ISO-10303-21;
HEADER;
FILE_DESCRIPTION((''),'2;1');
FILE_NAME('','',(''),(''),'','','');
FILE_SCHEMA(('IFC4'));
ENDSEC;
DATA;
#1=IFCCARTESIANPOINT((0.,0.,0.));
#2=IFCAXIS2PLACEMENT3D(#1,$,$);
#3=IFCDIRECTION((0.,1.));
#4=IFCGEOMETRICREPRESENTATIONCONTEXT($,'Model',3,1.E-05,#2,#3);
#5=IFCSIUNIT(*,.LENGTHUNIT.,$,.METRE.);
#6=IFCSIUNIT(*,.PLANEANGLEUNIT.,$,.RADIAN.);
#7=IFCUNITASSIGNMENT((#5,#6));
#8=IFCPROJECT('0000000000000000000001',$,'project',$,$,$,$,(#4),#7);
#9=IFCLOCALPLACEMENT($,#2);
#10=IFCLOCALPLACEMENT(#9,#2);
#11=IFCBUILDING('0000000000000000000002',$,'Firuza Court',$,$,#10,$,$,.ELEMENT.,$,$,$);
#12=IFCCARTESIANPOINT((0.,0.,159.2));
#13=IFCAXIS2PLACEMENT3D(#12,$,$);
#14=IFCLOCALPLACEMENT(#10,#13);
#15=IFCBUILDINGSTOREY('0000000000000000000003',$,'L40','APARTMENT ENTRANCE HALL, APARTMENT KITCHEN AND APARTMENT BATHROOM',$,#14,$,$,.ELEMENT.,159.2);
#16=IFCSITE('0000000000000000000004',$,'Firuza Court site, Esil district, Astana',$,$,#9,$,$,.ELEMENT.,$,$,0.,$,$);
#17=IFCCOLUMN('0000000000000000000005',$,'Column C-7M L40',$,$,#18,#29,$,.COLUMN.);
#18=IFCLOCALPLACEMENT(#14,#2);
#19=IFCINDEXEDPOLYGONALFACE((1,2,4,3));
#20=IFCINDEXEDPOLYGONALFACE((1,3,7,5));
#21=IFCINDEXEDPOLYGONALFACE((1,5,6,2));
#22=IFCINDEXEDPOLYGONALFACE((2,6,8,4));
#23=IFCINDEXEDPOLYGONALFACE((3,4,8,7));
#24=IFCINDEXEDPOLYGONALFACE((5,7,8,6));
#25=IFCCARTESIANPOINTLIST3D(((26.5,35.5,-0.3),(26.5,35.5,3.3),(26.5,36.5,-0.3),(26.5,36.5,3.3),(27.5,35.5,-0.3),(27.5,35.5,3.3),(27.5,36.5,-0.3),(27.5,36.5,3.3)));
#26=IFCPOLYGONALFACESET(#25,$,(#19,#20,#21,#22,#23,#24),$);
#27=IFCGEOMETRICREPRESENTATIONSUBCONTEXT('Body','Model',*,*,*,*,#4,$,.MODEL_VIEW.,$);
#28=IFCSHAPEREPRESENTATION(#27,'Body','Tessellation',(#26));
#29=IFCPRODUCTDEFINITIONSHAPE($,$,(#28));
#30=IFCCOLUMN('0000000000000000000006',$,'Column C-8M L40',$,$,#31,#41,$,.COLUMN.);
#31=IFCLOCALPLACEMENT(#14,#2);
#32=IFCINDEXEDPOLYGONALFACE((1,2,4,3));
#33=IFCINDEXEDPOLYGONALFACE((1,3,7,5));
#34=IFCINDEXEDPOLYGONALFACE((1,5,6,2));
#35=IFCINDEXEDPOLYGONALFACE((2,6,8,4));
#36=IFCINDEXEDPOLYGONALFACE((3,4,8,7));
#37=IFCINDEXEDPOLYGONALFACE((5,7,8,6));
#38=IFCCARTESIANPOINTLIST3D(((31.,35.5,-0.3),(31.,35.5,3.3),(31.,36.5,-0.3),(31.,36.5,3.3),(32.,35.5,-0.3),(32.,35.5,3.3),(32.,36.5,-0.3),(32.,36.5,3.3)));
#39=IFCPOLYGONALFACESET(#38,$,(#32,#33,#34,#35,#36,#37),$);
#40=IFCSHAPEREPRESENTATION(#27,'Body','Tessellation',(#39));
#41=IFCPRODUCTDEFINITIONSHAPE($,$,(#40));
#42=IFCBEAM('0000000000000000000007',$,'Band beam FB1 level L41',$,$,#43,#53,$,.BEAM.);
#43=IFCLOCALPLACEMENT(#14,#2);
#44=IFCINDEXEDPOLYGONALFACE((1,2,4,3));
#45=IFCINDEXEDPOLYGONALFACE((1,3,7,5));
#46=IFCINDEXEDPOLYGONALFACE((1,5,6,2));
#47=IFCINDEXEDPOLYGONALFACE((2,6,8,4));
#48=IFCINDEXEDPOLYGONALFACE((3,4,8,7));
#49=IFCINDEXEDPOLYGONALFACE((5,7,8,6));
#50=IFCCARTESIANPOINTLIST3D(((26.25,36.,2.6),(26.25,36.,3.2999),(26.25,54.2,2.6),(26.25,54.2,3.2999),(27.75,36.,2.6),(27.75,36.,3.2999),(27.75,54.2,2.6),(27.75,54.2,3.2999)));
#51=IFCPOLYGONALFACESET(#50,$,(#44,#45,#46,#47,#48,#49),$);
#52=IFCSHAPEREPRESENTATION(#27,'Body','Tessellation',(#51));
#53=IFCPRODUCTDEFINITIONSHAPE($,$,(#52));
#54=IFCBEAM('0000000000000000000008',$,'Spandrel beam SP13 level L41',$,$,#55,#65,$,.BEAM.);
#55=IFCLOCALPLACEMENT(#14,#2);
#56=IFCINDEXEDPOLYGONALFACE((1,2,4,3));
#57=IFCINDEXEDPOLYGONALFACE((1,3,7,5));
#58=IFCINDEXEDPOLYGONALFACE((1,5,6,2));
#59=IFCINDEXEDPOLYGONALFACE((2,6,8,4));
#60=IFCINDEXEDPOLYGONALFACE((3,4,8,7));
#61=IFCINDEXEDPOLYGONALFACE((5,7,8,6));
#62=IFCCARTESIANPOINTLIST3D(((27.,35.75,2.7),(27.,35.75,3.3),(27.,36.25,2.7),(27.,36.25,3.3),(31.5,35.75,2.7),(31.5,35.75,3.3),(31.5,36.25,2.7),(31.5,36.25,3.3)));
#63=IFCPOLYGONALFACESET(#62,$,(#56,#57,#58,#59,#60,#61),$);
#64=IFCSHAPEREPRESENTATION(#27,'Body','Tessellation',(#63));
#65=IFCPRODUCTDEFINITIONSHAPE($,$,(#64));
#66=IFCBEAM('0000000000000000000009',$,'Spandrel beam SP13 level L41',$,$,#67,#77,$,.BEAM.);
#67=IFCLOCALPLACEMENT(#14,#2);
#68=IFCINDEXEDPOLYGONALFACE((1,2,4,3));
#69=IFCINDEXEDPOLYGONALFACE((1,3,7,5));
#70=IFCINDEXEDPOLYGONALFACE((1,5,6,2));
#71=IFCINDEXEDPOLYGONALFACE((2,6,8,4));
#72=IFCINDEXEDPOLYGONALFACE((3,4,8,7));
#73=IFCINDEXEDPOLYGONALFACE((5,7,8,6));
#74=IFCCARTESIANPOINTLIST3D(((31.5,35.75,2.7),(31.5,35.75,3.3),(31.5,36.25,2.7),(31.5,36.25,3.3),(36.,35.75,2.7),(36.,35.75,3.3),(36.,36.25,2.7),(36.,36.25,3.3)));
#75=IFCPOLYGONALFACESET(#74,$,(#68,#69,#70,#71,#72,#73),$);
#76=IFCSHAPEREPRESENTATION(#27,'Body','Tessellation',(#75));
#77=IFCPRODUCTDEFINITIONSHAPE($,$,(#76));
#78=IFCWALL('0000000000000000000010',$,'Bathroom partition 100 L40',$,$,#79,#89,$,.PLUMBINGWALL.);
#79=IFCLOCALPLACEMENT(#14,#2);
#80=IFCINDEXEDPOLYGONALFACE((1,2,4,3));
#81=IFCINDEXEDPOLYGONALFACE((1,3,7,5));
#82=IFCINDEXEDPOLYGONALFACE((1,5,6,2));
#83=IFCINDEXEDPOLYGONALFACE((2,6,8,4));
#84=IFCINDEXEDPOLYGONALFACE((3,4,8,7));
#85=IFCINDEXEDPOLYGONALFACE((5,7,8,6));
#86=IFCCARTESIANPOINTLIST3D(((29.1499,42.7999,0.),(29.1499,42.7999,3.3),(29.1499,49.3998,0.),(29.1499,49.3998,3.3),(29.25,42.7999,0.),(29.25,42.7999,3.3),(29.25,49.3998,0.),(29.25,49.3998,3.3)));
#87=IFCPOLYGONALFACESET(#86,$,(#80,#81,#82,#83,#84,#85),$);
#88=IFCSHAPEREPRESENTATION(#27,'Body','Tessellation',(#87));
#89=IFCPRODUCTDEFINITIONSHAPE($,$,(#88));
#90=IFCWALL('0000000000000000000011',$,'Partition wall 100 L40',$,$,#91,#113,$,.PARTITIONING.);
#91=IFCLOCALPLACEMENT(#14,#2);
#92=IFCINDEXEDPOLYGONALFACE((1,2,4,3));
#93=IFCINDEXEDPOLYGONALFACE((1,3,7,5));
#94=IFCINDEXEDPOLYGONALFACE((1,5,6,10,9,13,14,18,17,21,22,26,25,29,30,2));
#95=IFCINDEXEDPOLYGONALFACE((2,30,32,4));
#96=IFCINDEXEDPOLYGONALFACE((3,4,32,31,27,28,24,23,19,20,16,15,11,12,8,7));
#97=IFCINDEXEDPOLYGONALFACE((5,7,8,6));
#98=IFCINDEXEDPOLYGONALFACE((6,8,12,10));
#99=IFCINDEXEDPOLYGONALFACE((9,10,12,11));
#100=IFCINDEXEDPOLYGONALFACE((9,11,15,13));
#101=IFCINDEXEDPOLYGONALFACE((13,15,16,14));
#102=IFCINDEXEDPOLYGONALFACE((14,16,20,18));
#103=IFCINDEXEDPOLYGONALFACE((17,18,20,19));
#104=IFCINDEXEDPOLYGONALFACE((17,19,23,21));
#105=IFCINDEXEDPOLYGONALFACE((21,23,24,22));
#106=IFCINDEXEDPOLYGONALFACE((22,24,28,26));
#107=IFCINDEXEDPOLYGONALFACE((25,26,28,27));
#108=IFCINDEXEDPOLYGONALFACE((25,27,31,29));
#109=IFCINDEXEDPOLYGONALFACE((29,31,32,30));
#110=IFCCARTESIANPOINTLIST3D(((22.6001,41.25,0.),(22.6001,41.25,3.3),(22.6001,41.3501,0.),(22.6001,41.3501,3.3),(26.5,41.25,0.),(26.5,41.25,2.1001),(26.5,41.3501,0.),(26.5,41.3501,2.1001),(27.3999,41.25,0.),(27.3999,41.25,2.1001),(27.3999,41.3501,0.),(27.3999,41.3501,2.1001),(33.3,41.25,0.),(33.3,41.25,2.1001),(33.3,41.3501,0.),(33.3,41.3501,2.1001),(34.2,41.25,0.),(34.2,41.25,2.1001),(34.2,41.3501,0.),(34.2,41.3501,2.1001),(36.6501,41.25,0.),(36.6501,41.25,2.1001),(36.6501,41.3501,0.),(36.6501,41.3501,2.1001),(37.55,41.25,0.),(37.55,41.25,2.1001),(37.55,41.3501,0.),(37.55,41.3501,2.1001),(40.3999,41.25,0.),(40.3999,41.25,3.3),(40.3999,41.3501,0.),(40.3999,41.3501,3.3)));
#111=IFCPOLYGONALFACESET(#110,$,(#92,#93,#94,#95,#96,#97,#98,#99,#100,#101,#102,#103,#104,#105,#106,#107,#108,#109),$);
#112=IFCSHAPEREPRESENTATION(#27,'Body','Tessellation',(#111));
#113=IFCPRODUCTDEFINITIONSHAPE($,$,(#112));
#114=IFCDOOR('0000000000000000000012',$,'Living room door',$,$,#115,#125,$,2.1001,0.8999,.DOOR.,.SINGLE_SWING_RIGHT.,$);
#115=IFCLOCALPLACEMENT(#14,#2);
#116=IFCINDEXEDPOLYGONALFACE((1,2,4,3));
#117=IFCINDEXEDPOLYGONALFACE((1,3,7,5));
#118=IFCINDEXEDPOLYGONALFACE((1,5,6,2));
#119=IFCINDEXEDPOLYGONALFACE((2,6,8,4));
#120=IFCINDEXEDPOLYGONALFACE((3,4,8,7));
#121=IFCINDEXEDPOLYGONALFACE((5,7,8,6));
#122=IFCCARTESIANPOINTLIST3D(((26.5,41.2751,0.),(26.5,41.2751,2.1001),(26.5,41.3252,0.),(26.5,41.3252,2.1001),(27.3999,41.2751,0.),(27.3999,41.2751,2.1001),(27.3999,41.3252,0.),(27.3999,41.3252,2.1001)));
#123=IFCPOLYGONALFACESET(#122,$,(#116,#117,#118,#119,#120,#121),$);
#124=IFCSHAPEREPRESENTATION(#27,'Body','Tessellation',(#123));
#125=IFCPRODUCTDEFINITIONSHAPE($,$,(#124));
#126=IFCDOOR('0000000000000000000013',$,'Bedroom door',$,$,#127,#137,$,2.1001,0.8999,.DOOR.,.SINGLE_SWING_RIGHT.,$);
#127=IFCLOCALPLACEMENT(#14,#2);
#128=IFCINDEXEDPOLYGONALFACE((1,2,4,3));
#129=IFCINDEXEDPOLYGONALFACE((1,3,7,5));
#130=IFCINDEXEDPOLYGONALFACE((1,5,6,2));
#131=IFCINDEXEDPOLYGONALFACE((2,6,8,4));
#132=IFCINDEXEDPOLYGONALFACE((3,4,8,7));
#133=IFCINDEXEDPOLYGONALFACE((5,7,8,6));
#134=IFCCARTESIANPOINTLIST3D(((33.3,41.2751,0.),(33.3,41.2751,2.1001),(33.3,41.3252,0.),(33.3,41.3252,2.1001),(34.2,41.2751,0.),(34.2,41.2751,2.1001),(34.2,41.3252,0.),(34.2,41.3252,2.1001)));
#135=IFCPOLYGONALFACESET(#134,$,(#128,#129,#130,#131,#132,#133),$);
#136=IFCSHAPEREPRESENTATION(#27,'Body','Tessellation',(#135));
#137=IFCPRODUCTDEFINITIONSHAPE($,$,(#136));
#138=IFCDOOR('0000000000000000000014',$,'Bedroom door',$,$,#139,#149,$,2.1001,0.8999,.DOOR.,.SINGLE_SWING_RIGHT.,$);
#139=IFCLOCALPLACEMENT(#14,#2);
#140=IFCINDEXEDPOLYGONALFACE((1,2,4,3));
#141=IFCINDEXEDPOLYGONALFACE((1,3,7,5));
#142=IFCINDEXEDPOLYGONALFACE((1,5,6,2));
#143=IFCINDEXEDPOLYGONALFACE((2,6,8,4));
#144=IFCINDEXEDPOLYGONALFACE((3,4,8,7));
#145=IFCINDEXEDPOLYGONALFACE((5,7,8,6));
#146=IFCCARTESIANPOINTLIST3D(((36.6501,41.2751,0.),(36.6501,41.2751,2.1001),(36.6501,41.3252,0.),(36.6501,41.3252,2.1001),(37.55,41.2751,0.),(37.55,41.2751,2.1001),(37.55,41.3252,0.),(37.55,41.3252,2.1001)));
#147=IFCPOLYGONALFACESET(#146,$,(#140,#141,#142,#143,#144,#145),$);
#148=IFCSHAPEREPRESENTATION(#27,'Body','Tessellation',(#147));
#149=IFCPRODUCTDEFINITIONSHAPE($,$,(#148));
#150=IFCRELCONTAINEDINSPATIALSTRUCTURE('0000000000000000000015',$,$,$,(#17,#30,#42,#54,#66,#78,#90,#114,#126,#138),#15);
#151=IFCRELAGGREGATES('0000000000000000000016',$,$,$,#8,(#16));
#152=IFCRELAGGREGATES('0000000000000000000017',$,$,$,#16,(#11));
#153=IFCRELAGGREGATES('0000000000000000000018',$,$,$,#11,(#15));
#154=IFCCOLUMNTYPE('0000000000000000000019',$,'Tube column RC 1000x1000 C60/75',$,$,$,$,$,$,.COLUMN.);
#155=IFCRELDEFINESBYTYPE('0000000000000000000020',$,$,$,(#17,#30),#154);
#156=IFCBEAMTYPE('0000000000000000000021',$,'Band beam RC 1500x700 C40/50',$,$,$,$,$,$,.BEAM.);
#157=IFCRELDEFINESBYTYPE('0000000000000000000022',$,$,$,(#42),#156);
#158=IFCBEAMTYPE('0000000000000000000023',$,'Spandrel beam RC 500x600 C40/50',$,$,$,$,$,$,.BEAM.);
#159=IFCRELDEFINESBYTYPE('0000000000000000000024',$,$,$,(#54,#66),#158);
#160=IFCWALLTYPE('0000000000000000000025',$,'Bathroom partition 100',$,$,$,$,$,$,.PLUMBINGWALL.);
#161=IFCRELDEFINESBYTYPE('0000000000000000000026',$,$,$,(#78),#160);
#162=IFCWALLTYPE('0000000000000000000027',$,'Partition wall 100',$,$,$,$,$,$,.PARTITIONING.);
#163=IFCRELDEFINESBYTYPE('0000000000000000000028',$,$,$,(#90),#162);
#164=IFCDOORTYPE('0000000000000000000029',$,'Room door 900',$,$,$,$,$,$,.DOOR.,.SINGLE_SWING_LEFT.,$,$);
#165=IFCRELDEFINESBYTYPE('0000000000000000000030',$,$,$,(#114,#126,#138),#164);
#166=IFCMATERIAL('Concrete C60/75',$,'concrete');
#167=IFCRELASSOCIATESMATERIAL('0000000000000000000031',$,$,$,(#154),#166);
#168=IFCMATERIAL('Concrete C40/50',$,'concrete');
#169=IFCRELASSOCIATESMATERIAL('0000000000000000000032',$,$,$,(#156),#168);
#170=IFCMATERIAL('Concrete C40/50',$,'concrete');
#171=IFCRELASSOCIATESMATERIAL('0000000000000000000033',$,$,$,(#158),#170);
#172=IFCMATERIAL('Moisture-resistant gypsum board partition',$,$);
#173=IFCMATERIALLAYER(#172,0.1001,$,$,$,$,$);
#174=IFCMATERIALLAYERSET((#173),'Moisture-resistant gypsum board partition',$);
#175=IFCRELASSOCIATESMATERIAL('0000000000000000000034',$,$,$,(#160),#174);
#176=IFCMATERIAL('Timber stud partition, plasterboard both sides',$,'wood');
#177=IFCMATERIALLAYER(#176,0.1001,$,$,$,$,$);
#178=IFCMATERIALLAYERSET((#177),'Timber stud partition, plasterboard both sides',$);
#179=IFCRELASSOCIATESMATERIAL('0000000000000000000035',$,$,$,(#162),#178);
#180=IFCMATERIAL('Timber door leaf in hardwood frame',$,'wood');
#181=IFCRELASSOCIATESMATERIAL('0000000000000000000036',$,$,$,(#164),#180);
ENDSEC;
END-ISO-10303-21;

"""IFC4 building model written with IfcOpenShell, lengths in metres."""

from ifc_helpers import new_model, si_unit, direction, frame, frame_2d, origin, origin_2d, place, context, subcontext, project, spatial, rectangle, extrude, material, layer, layer_set, material_profile, profile_set, type_object, element, fill, save


model = new_model("IFC4")

# Units and contexts
model_context = context("Model", 3, precision=1e-05, world=origin(), true_north=direction((0.0, 1.0)))
body_context = subcontext(model_context, "Body", "Model", "MODEL_VIEW")
ifc_project = project(units=[si_unit("LENGTHUNIT", "METRE"), si_unit("PLANEANGLEUNIT", "RADIAN")], contexts=[model_context])

# Site, building, storey
site_placement = place(None, origin())
site = spatial("IfcSite", under=ifc_project, at=site_placement, Name="Firuza Court site, Esil district, Astana", CompositionType="ELEMENT", RefElevation=0.0)
building_placement = place(site_placement, origin())
building = spatial("IfcBuilding", under=site, at=building_placement, Name="Firuza Court", CompositionType="ELEMENT")
storey_placement = place(building_placement, frame((0.0, 0.0, 159.2)))
storey = spatial("IfcBuildingStorey", under=building, at=storey_placement, Name="L40", Description="APARTMENT ENTRANCE HALL, APARTMENT KITCHEN AND APARTMENT BATHROOM", CompositionType="ELEMENT", Elevation=159.2)

# Columns
ifc_material_1 = material(Name="Concrete C60/75", Category="concrete")
ifc_material_profile_1 = material_profile(ifc_material_1, rectangle(XDim=1.0, YDim=1.0, at=origin_2d()), Name="RC 1000x1000")
ifc_profile_set_1 = profile_set([ifc_material_profile_1], Name="Concrete C60/75")
column_type = type_object("IfcColumnType", Name="Tube column RC 1000x1000 C60/75", PredefinedType="COLUMN", material=ifc_profile_set_1)
for number, where, z_axis, x_axis, name in (
    (1, (27.0, 36.0, -0.3), (0.0, 0.0, 1.0), (1.0, 0.0, 0.0), "Column C-7M L40"),
    (2, (31.5, 36.0, -0.3), (0.0, 0.0, 1.0), (1.0, 0.0, 0.0), "Column C-8M L40"),
):
    element("IfcColumn", number, at=place(storey_placement, frame(where, z_axis=z_axis, x_axis=x_axis)), inside=storey, type_object=column_type, Name=name, PredefinedType="COLUMN", context=body_context, shape_type="SweptSolid", body=[
        extrude(rectangle(XDim=1.0, YDim=1.0, at=origin_2d()), origin(), (0.0, 0.0, 1.0), 3.6001),
    ])

# Beams
ifc_material_2 = material(Name="Concrete C40/50", Category="concrete")
ifc_material_profile_2 = material_profile(ifc_material_2, rectangle(XDim=1.5, YDim=0.7, at=origin_2d()), Name="RC 1500x700")
ifc_profile_set_2 = profile_set([ifc_material_profile_2], Name="Concrete C40/50")
beam_type_1 = type_object("IfcBeamType", Name="Band beam RC 1500x700 C40/50", PredefinedType="BEAM", material=ifc_profile_set_2)
beam_placement = place(storey_placement, frame((27.0, 36.0, 2.95), z_axis=(0.0, 1.0, 0.0), x_axis=(-1.0, 0.0, 0.0)))
element("IfcBeam", 3, at=beam_placement, inside=storey, type_object=beam_type_1, Name="Band beam FB1 level L41", PredefinedType="BEAM", context=body_context, shape_type="SweptSolid", body=[
    extrude(rectangle(XDim=1.5, YDim=0.7, at=origin_2d()), origin(), (0.0, 0.0, 1.0), 18.2),
])
ifc_material_3 = material(Name="Concrete C40/50", Category="concrete")
ifc_material_profile_3 = material_profile(ifc_material_3, rectangle(XDim=0.5, YDim=0.6001, at=origin_2d()), Name="RC 500x600")
ifc_profile_set_3 = profile_set([ifc_material_profile_3], Name="Concrete C40/50")
beam_type_2 = type_object("IfcBeamType", Name="Spandrel beam RC 500x600 C40/50", PredefinedType="BEAM", material=ifc_profile_set_3)
for number, where, z_axis, x_axis, name in (
    (4, (27.0, 36.0, 3.0), (1.0, 0.0, 0.0), (0.0, 1.0, 0.0), "Spandrel beam SP13 level L41"),
    (5, (31.5, 36.0, 3.0), (1.0, 0.0, 0.0), (0.0, 1.0, 0.0), "Spandrel beam SP13 level L41"),
):
    element("IfcBeam", number, at=place(storey_placement, frame(where, z_axis=z_axis, x_axis=x_axis)), inside=storey, type_object=beam_type_2, Name=name, PredefinedType="BEAM", context=body_context, shape_type="SweptSolid", body=[
        extrude(rectangle(XDim=0.5, YDim=0.6001, at=origin_2d()), origin(), (0.0, 0.0, 1.0), 4.5),
    ])

# Wall
ifc_material_4 = material(Name="Moisture-resistant gypsum board partition")
ifc_layer_1 = layer(ifc_material_4, 0.1001)
ifc_layer_set_1 = layer_set([ifc_layer_1], Name="Moisture-resistant gypsum board partition")
wall_type_1 = type_object("IfcWallType", Name="Bathroom partition 100", PredefinedType="PLUMBINGWALL", material=ifc_layer_set_1)
wall_1_placement = place(storey_placement, frame((29.2, 42.8, 0.0), z_axis=(0.0, 0.0, 1.0), x_axis=(0.0, 1.0, 0.0)))
element("IfcWall", 6, at=wall_1_placement, inside=storey, type_object=wall_type_1, Name="Bathroom partition 100 L40", PredefinedType="PLUMBINGWALL", context=body_context, shape_type="SweptSolid", body=[
    extrude(rectangle(XDim=6.5999, YDim=0.1001, at=frame_2d((3.2998, 0.0))), origin(), (0.0, 0.0, 1.0), 3.3),
])

# Wall, openings, doors
ifc_material_5 = material(Name="Timber stud partition, plasterboard both sides", Category="wood")
ifc_layer_2 = layer(ifc_material_5, 0.1001)
ifc_layer_set_2 = layer_set([ifc_layer_2], Name="Timber stud partition, plasterboard both sides")
wall_type_2 = type_object("IfcWallType", Name="Partition wall 100", PredefinedType="PARTITIONING", material=ifc_layer_set_2)
wall_2_placement = place(storey_placement, frame((22.6001, 41.3, 0.0), z_axis=(0.0, 0.0, 1.0), x_axis=(1.0, 0.0, 0.0)))
wall_2 = element("IfcWall", 7, at=wall_2_placement, inside=storey, type_object=wall_type_2, Name="Partition wall 100 L40", PredefinedType="PARTITIONING", context=body_context, shape_type="SweptSolid", body=[
    extrude(rectangle(XDim=17.7998, YDim=0.1001, at=frame_2d((8.8999, 0.0))), origin(), (0.0, 0.0, 1.0), 3.3),
])
opening_1_placement = place(wall_2_placement, frame((3.8999, 0.0, 0.0)))
opening_1 = element("IfcOpeningElement", 8, at=opening_1_placement, cuts=wall_2, PredefinedType="OPENING", context=body_context, shape_type="SweptSolid", body=[
    extrude(rectangle(XDim=0.8999, YDim=2.1001, at=frame_2d((0.45, 1.05))), frame((0.0, 0.062, 0.0), z_axis=(0.0, -1.0, 0.0), x_axis=(1.0, 0.0, 0.0)), (0.0, 0.0, 1.0), 0.124),
])
opening_2_placement = place(wall_2_placement, frame((10.7, 0.0, 0.0)))
opening_2 = element("IfcOpeningElement", 9, at=opening_2_placement, cuts=wall_2, PredefinedType="OPENING", context=body_context, shape_type="SweptSolid", body=[
    extrude(rectangle(XDim=0.8999, YDim=2.1001, at=frame_2d((0.45, 1.05))), frame((0.0, 0.062, 0.0), z_axis=(0.0, -1.0, 0.0), x_axis=(1.0, 0.0, 0.0)), (0.0, 0.0, 1.0), 0.124),
])
opening_3_placement = place(wall_2_placement, frame((14.05, 0.0, 0.0)))
opening_3 = element("IfcOpeningElement", 10, at=opening_3_placement, cuts=wall_2, PredefinedType="OPENING", context=body_context, shape_type="SweptSolid", body=[
    extrude(rectangle(XDim=0.8999, YDim=2.1001, at=frame_2d((0.45, 1.05))), frame((0.0, 0.062, 0.0), z_axis=(0.0, -1.0, 0.0), x_axis=(1.0, 0.0, 0.0)), (0.0, 0.0, 1.0), 0.124),
])
ifc_material_6 = material(Name="Timber door leaf in hardwood frame", Category="wood")
door_type_1 = type_object("IfcDoorType", Name="Room door 900", OperationType="SINGLE_SWING_LEFT", PredefinedType="DOOR", material=ifc_material_6)
door_1_placement = place(opening_1_placement, frame((0.8999, 0.0, 0.0), z_axis=(0.0, 0.0, 1.0), x_axis=(-1.0, 0.0, 0.0)))
door_1 = element("IfcDoor", 11, at=door_1_placement, inside=storey, type_object=door_type_1, Name="Living room door", OperationType="SINGLE_SWING_RIGHT", OverallHeight=2.1001, OverallWidth=0.8999, PredefinedType="DOOR", context=body_context, shape_type="SweptSolid", body=[
    extrude(rectangle(XDim=0.8999, YDim=2.1001, at=frame_2d((0.45, 1.05))), frame((0.0, 0.0249, 0.0), z_axis=(0.0, -1.0, 0.0), x_axis=(1.0, 0.0, 0.0)), (0.0, 0.0, 1.0), 0.05),
])
fill(opening_1, door_1)
door_2_placement = place(opening_2_placement, frame((0.8999, 0.0, 0.0), z_axis=(0.0, 0.0, 1.0), x_axis=(-1.0, 0.0, 0.0)))
door_2 = element("IfcDoor", 12, at=door_2_placement, inside=storey, type_object=door_type_1, Name="Bedroom door", OperationType="SINGLE_SWING_RIGHT", OverallHeight=2.1001, OverallWidth=0.8999, PredefinedType="DOOR", context=body_context, shape_type="SweptSolid", body=[
    extrude(rectangle(XDim=0.8999, YDim=2.1001, at=frame_2d((0.45, 1.05))), frame((0.0, 0.0249, 0.0), z_axis=(0.0, -1.0, 0.0), x_axis=(1.0, 0.0, 0.0)), (0.0, 0.0, 1.0), 0.05),
])
fill(opening_2, door_2)
door_3_placement = place(opening_3_placement, frame((0.8999, 0.0, 0.0), z_axis=(0.0, 0.0, 1.0), x_axis=(-1.0, 0.0, 0.0)))
door_3 = element("IfcDoor", 13, at=door_3_placement, inside=storey, type_object=door_type_1, Name="Bedroom door", OperationType="SINGLE_SWING_RIGHT", OverallHeight=2.1001, OverallWidth=0.8999, PredefinedType="DOOR", context=body_context, shape_type="SweptSolid", body=[
    extrude(rectangle(XDim=0.8999, YDim=2.1001, at=frame_2d((0.45, 1.05))), frame((0.0, 0.0249, 0.0), z_axis=(0.0, -1.0, 0.0), x_axis=(1.0, 0.0, 0.0)), (0.0, 0.0, 1.0), 0.05),
])
fill(opening_3, door_3)

save(model, "model.ifc")
